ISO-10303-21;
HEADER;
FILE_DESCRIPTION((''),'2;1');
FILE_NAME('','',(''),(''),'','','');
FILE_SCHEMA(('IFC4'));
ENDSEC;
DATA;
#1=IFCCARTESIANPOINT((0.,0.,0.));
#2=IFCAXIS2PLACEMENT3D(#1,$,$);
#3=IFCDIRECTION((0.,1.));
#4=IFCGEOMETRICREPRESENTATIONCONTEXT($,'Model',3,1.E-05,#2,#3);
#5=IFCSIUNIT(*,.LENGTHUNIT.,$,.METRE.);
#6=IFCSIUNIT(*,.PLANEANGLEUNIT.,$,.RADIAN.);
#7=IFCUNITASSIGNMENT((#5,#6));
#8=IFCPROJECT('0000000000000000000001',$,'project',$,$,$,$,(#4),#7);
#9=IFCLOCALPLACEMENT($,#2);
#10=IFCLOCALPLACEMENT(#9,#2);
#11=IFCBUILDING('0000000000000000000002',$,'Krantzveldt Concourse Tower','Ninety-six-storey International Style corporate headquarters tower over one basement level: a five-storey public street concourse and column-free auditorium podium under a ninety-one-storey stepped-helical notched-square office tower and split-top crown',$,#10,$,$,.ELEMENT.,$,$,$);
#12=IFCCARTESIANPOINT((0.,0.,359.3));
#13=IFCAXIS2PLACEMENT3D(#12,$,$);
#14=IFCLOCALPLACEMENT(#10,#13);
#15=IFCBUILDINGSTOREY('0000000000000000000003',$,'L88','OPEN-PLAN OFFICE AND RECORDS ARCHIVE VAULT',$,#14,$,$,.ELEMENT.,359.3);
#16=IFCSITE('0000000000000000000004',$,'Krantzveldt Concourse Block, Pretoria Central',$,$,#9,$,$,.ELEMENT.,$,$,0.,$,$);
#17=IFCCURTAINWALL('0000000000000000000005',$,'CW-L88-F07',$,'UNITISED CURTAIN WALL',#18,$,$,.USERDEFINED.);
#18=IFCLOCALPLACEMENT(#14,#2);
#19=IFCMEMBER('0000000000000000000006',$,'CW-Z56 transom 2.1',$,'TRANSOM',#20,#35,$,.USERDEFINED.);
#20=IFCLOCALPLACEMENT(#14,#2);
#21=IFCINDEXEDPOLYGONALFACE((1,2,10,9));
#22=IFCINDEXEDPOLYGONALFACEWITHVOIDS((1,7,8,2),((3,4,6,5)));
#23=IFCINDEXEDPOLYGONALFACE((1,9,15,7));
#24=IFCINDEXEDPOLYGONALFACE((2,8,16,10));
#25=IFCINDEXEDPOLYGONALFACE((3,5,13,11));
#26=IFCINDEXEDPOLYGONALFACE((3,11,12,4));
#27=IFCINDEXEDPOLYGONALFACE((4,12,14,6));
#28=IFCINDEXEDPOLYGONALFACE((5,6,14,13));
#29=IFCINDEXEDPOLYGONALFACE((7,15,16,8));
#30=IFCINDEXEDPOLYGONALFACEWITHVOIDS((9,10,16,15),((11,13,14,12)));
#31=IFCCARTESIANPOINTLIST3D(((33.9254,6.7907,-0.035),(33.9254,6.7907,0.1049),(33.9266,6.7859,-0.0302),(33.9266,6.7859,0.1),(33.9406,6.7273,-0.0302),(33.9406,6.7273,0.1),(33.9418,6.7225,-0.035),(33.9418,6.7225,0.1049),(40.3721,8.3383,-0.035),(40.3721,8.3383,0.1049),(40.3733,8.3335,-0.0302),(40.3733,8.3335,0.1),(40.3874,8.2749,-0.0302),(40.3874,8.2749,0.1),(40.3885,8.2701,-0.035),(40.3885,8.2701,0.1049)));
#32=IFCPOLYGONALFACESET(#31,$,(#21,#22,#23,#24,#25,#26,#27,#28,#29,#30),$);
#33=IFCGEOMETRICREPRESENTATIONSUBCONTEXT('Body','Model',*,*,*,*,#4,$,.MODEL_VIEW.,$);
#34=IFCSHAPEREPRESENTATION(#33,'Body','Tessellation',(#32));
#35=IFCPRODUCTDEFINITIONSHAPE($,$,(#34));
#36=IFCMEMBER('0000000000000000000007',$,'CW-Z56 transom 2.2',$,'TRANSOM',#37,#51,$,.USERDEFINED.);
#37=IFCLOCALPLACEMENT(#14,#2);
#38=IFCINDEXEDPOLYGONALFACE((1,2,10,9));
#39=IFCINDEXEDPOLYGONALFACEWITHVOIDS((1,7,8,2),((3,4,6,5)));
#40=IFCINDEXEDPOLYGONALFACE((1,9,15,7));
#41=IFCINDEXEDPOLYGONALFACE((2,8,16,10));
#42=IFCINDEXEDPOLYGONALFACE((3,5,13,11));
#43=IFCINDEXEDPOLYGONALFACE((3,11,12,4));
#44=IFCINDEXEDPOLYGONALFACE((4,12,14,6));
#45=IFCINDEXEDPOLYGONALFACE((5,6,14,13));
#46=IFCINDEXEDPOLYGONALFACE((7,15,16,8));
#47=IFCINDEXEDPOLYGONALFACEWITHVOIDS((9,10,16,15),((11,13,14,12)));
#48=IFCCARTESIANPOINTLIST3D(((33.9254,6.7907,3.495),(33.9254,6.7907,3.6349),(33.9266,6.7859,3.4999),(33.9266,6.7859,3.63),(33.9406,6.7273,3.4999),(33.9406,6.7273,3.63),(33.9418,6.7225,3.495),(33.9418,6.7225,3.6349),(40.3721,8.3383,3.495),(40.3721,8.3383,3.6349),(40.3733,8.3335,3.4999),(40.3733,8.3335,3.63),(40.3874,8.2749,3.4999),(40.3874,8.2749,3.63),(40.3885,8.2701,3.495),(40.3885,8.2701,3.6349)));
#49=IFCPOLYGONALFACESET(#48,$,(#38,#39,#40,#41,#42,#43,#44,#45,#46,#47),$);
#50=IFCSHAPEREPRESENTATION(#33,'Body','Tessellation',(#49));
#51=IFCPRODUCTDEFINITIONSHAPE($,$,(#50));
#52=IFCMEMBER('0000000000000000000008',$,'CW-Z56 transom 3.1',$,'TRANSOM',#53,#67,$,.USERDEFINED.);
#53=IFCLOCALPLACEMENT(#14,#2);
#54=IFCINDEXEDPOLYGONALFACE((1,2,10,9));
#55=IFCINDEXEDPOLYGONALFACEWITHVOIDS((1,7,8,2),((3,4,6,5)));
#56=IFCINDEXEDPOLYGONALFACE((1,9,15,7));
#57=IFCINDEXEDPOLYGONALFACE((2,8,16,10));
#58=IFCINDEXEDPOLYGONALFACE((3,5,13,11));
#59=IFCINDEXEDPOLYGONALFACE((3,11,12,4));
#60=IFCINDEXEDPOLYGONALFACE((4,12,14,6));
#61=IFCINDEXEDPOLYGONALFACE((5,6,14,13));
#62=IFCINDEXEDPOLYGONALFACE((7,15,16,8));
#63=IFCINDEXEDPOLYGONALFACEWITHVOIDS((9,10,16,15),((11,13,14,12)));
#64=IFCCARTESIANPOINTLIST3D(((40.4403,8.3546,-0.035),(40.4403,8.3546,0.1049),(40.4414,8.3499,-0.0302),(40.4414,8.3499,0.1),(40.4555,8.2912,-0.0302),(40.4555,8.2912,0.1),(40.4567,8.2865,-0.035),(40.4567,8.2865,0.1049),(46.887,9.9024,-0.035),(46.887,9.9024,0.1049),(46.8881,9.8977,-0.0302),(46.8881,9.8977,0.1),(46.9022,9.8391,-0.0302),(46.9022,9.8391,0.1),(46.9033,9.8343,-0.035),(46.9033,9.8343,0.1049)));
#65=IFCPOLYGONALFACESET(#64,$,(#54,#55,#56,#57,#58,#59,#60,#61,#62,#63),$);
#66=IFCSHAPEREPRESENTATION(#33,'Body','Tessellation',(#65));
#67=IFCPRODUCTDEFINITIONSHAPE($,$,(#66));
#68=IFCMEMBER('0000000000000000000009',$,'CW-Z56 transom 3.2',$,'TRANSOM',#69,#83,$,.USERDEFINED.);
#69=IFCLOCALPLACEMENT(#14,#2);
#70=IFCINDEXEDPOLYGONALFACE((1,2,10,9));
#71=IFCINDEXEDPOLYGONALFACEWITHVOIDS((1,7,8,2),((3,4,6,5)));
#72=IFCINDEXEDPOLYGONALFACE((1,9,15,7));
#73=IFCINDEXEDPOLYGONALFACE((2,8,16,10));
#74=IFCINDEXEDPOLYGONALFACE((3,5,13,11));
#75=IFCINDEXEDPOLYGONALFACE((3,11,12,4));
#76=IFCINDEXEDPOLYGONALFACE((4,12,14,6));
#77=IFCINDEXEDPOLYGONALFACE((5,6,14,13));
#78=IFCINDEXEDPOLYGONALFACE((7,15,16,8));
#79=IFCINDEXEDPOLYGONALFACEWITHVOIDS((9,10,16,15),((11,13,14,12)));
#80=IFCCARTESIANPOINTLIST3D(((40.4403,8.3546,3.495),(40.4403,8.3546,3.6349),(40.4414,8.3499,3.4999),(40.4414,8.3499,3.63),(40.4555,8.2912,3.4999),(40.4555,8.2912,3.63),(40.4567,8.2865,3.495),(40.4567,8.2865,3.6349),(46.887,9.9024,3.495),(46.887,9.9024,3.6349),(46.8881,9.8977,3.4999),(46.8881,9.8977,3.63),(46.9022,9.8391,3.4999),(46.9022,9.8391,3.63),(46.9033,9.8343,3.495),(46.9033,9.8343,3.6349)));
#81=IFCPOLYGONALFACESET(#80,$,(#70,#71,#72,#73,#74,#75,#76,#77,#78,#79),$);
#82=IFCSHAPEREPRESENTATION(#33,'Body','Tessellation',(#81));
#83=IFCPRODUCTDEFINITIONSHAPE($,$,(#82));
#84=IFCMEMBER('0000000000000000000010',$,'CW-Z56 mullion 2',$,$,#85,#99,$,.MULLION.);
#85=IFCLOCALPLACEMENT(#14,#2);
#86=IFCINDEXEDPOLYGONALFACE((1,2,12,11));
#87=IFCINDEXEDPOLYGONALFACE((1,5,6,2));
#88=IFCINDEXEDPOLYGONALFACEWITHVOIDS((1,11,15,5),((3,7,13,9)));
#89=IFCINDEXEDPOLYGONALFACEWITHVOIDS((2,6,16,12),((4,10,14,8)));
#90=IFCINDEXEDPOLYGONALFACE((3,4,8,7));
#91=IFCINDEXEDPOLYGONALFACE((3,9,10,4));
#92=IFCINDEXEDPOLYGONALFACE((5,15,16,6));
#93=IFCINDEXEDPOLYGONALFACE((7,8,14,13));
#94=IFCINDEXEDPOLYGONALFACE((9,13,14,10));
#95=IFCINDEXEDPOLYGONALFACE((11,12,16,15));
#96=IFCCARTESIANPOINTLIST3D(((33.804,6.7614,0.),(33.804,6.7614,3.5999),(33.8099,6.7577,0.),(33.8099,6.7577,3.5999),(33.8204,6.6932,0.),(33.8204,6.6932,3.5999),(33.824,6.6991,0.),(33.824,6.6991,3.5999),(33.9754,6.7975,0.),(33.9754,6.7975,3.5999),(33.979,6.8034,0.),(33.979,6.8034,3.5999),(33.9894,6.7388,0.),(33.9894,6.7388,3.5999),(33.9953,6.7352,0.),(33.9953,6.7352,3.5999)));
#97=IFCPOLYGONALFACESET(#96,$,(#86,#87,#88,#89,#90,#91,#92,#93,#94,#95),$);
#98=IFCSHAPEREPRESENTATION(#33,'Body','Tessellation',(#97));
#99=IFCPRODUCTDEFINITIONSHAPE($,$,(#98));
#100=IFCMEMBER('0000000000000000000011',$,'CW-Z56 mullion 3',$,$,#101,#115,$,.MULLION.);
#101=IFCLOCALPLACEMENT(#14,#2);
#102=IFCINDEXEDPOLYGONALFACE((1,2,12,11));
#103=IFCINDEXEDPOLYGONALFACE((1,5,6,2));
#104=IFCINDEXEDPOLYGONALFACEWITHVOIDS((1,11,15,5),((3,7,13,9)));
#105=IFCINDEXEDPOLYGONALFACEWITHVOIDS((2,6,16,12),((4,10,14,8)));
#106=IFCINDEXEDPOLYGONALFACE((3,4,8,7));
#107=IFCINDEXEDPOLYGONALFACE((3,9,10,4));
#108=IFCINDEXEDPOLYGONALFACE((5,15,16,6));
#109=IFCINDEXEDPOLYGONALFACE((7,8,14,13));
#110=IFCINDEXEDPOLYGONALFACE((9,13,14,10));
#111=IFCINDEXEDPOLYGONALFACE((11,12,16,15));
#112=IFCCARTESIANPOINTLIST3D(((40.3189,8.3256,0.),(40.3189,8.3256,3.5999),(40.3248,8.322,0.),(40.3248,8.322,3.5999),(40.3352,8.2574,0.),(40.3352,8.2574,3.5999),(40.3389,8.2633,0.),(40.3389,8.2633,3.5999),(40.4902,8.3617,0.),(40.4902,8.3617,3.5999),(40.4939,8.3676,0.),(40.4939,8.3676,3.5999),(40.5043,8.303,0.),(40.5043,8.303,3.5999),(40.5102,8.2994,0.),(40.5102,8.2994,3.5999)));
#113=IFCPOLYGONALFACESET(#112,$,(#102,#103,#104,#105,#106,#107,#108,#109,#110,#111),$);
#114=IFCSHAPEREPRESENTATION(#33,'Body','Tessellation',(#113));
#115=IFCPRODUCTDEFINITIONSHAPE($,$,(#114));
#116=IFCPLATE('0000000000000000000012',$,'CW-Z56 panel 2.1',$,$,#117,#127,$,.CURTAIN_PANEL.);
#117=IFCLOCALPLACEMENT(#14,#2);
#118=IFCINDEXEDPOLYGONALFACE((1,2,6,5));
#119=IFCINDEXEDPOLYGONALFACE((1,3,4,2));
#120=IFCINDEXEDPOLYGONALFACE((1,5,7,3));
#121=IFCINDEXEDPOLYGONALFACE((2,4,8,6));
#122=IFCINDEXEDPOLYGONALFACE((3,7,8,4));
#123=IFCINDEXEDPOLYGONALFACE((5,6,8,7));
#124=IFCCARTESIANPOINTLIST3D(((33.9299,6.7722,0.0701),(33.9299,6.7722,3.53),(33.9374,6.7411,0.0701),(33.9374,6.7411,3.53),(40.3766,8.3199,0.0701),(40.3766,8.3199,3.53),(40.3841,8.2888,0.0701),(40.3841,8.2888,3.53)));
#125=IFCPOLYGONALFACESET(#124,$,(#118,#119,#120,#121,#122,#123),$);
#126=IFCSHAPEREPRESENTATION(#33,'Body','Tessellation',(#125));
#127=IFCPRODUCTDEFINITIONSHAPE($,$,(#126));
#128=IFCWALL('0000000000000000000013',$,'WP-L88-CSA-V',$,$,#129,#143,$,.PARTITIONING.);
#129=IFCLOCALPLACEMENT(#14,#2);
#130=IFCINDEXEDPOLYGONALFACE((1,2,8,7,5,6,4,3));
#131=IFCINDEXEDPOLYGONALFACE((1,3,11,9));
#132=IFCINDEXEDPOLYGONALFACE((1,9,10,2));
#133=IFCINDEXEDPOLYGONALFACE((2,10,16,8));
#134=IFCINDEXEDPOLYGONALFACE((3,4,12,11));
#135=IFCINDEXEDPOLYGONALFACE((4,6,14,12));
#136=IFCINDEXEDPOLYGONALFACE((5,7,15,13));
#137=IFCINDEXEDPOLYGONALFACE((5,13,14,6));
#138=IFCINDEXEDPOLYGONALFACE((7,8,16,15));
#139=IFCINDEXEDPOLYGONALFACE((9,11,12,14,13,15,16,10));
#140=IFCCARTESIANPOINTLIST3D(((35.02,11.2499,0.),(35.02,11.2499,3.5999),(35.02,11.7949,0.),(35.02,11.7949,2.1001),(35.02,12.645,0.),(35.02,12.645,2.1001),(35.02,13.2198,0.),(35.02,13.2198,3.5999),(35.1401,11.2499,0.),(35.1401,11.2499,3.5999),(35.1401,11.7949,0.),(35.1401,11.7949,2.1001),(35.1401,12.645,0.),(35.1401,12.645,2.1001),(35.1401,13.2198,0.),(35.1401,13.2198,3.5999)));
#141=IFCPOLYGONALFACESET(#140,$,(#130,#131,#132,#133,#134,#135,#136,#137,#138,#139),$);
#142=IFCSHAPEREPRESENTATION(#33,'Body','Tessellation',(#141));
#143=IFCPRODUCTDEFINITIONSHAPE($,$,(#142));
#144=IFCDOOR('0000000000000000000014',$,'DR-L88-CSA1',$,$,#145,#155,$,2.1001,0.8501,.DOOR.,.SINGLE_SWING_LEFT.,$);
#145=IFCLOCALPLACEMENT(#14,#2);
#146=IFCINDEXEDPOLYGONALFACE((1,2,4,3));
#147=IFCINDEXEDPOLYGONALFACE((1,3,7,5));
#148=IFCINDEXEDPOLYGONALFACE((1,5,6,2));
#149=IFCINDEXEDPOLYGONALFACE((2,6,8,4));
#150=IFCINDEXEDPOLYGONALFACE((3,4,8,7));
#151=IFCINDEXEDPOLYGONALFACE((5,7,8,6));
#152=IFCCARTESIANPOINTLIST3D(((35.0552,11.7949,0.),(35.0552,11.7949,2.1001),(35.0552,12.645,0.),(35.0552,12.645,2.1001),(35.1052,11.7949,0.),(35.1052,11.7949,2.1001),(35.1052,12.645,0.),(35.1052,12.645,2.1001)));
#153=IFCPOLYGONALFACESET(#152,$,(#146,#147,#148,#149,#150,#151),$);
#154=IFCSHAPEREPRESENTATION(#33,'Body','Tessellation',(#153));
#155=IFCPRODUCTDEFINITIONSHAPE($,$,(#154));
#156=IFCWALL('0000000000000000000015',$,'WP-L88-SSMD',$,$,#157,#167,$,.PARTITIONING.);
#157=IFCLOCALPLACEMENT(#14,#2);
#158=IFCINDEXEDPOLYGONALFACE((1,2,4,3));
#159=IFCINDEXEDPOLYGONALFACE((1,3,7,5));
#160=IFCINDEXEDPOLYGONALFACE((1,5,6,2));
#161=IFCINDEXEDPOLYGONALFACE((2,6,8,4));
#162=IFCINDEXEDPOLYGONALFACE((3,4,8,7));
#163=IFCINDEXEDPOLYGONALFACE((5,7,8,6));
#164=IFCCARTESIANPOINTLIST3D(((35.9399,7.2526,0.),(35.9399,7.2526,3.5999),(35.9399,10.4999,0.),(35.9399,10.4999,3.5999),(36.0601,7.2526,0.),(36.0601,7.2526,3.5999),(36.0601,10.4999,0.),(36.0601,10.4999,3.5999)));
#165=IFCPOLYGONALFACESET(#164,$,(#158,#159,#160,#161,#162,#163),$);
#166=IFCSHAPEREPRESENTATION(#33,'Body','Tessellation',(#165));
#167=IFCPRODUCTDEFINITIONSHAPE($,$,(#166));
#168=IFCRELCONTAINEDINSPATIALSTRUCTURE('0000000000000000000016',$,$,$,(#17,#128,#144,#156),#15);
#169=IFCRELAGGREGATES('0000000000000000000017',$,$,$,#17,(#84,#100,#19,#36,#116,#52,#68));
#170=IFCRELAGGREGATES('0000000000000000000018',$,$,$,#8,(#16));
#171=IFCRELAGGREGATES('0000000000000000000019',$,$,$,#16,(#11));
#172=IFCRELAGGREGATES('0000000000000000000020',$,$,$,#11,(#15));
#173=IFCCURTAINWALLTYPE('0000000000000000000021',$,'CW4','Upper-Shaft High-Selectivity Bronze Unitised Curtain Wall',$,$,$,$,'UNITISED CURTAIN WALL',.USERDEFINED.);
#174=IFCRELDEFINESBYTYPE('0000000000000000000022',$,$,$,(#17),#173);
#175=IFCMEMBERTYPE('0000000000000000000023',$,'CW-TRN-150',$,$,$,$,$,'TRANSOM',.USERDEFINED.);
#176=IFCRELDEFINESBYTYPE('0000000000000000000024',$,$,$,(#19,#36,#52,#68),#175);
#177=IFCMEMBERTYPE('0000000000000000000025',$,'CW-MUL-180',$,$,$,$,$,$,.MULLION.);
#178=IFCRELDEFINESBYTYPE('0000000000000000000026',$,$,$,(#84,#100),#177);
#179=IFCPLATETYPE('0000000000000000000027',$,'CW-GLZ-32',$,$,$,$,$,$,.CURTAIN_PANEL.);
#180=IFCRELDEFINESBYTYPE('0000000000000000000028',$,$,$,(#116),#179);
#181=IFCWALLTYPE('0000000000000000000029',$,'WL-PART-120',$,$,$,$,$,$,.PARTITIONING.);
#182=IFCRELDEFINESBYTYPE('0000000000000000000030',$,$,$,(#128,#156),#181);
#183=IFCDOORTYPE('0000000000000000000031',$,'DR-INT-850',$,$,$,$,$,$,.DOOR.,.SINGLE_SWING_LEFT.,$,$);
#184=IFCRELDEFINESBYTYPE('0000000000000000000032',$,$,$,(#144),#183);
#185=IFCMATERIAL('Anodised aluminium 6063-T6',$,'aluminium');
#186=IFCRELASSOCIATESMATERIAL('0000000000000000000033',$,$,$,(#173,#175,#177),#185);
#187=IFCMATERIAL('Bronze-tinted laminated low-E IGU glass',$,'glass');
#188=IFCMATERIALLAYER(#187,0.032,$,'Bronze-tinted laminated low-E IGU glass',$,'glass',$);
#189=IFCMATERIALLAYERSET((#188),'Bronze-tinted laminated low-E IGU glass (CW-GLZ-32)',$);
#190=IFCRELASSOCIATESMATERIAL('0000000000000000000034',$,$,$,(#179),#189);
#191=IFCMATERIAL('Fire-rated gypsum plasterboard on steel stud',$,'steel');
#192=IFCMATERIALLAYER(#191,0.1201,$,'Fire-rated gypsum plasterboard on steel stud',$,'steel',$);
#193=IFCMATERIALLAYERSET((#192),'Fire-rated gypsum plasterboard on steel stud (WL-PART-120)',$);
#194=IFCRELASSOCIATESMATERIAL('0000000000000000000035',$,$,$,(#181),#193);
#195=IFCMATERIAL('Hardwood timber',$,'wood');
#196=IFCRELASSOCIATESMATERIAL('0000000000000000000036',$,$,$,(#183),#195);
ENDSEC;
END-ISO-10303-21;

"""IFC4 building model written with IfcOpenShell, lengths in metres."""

from ifc_helpers import new_model, si_unit, direction, frame, frame_2d, origin, origin_2d, place, context, subcontext, project, spatial, rectangle, hollow_rectangle, extrude, source, transform, mapped, material, layer, layer_set, material_profile, profile_set, type_object, type_shapes, element, fill, aggregate, save


model = new_model("IFC4")

# Units and contexts
model_context = context("Model", 3, precision=1e-05, world=origin(), true_north=direction((0.0, 1.0)))
body_context = subcontext(model_context, "Body", "Model", "MODEL_VIEW")
ifc_project = project(units=[si_unit("LENGTHUNIT", "METRE"), si_unit("PLANEANGLEUNIT", "RADIAN")], contexts=[model_context])

# Site, building, storey
site_placement = place(None, origin())
site = spatial("IfcSite", under=ifc_project, at=site_placement, Name="Krantzveldt Concourse Block, Pretoria Central", CompositionType="ELEMENT", RefElevation=0.0)
building_placement = place(site_placement, origin())
building = spatial("IfcBuilding", under=site, at=building_placement, Name="Krantzveldt Concourse Tower", Description="Ninety-six-storey International Style corporate headquarters tower over one basement level: a five-storey public street concourse and column-free auditorium podium under a ninety-one-storey stepped-helical notched-square office tower and split-top crown", CompositionType="ELEMENT")
storey_placement = place(building_placement, frame((0.0, 0.0, 359.3)))
storey = spatial("IfcBuildingStorey", under=building, at=storey_placement, Name="L88", Description="OPEN-PLAN OFFICE AND RECORDS ARCHIVE VAULT", CompositionType="ELEMENT", Elevation=359.3)

# Curtain wall, members, plate
ifc_material_1 = material(Name="Anodised aluminium 6063-T6", Category="aluminium")
curtain_wall_type = type_object("IfcCurtainWallType", Name="CW4", Description="Upper-Shaft High-Selectivity Bronze Unitised Curtain Wall", ElementType="UNITISED CURTAIN WALL", PredefinedType="USERDEFINED", material=ifc_material_1)
curtain_wall_placement = place(storey_placement, origin())
curtain_wall = element("IfcCurtainWall", 1, at=curtain_wall_placement, inside=storey, type_object=curtain_wall_type, Name="CW-L88-F07", ObjectType="UNITISED CURTAIN WALL", PredefinedType="USERDEFINED")
ifc_material_profile_1 = material_profile(ifc_material_1, hollow_rectangle(XDim=0.0701, YDim=0.1399, WallThickness=0.0049, at=origin_2d()), Name="Anodised aluminium 6063-T6", Category="aluminium")
ifc_profile_set_1 = profile_set([ifc_material_profile_1], Name="Anodised aluminium 6063-T6 - ALU-TRAN 140x70x5")
member_type_1 = type_object("IfcMemberType", Name="CW-TRN-150", ElementType="TRANSOM", PredefinedType="USERDEFINED", material=ifc_profile_set_1)
shared_shape_1 = source(origin(), body_context, "Body", "SweptSolid", [
    extrude(hollow_rectangle(XDim=0.0701, YDim=0.1399, WallThickness=0.0049, at=origin_2d()), origin(), (0.0, 0.0, 1.0), 6.6299),
])
type_shapes(member_type_1, [shared_shape_1])
member_1_placement = place(storey_placement, frame((33.9336, 6.7566, 0.0349), z_axis=(0.972374, 0.233427, 0.0), x_axis=(-0.233427, 0.972374, 0.0)))
member_1 = element("IfcMember", 2, at=member_1_placement, type_object=member_type_1, Name="CW-Z56 transom 2.1", ObjectType="TRANSOM", PredefinedType="USERDEFINED", context=body_context, shape_type="MappedRepresentation", body=[
    mapped(shared_shape_1, transform((0.0, 0.0, 0.0), x_axis=(1.0, 0.0, 0.0), y_axis=(0.0, 1.0, 0.0), z_axis=(0.0, 0.0, 1.0), scale=1.0)),
])
member_2_placement = place(storey_placement, frame((33.9336, 6.7566, 3.5649), z_axis=(0.972374, 0.233427, 0.0), x_axis=(-0.233427, 0.972374, 0.0)))
member_2 = element("IfcMember", 3, at=member_2_placement, type_object=member_type_1, Name="CW-Z56 transom 2.2", ObjectType="TRANSOM", PredefinedType="USERDEFINED", context=body_context, shape_type="MappedRepresentation", body=[
    mapped(shared_shape_1, transform((0.0, 0.0, 0.0), x_axis=(1.0, 0.0, 0.0), y_axis=(0.0, 1.0, 0.0), z_axis=(0.0, 0.0, 1.0), scale=1.0)),
])
member_3_placement = place(storey_placement, frame((40.4485, 8.3206, 0.0349), z_axis=(0.972366, 0.233462, 0.0), x_axis=(-0.233462, 0.972366, 0.0)))
member_3 = element("IfcMember", 4, at=member_3_placement, type_object=member_type_1, Name="CW-Z56 transom 3.1", ObjectType="TRANSOM", PredefinedType="USERDEFINED", context=body_context, shape_type="MappedRepresentation", body=[
    mapped(shared_shape_1, transform((0.0, 0.0, 0.0), x_axis=(1.0, 0.0, 0.0), y_axis=(0.0, 1.0, 0.0), z_axis=(0.0, 0.0, 1.0), scale=1.0)),
])
member_4_placement = place(storey_placement, frame((40.4485, 8.3206, 3.5649), z_axis=(0.972366, 0.233462, 0.0), x_axis=(-0.233462, 0.972366, 0.0)))
member_4 = element("IfcMember", 5, at=member_4_placement, type_object=member_type_1, Name="CW-Z56 transom 3.2", ObjectType="TRANSOM", PredefinedType="USERDEFINED", context=body_context, shape_type="MappedRepresentation", body=[
    mapped(shared_shape_1, transform((0.0, 0.0, 0.0), x_axis=(1.0, 0.0, 0.0), y_axis=(0.0, 1.0, 0.0), z_axis=(0.0, 0.0, 1.0), scale=1.0)),
])
ifc_material_profile_2 = material_profile(ifc_material_1, hollow_rectangle(XDim=0.0701, YDim=0.1799, WallThickness=0.0049, at=origin_2d()), Name="Anodised aluminium 6063-T6", Category="aluminium")
ifc_profile_set_2 = profile_set([ifc_material_profile_2], Name="Anodised aluminium 6063-T6 - ALU-MULL 180x70x5")
member_type_2 = type_object("IfcMemberType", Name="CW-MUL-180", PredefinedType="MULLION", material=ifc_profile_set_2)
shared_shape_2 = source(origin(), body_context, "Body", "SweptSolid", [
    extrude(hollow_rectangle(XDim=0.0701, YDim=0.1799, WallThickness=0.0049, at=origin_2d()), origin(), (0.0, 0.0, 1.0), 3.5999),
])
type_shapes(member_type_2, [shared_shape_2])
member_5_placement = place(storey_placement, frame((33.8997, 6.7483, 0.0), z_axis=(0.0, 0.0, 1.0), x_axis=(-0.233445, 0.97237, 0.0)))
member_5 = element("IfcMember", 6, at=member_5_placement, type_object=member_type_2, Name="CW-Z56 mullion 2", PredefinedType="MULLION", context=body_context, shape_type="MappedRepresentation", body=[
    mapped(shared_shape_2, transform((0.0, 0.0, 0.0), x_axis=(1.0, 0.0, 0.0), y_axis=(0.0, 1.0, 0.0), z_axis=(0.0, 0.0, 1.0), scale=1.0)),
])
member_6_placement = place(storey_placement, frame((40.4146, 8.3125, 0.0), z_axis=(0.0, 0.0, 1.0), x_axis=(-0.233445, 0.97237, 0.0)))
member_6 = element("IfcMember", 7, at=member_6_placement, type_object=member_type_2, Name="CW-Z56 mullion 3", PredefinedType="MULLION", context=body_context, shape_type="MappedRepresentation", body=[
    mapped(shared_shape_2, transform((0.0, 0.0, 0.0), x_axis=(1.0, 0.0, 0.0), y_axis=(0.0, 1.0, 0.0), z_axis=(0.0, 0.0, 1.0), scale=1.0)),
])
ifc_material_2 = material(Name="Bronze-tinted laminated low-E IGU glass", Category="glass")
ifc_layer_1 = layer(ifc_material_2, 0.032, Name="Bronze-tinted laminated low-E IGU glass", Category="glass")
ifc_layer_set_1 = layer_set([ifc_layer_1], Name="Bronze-tinted laminated low-E IGU glass (CW-GLZ-32)")
plate_type = type_object("IfcPlateType", Name="CW-GLZ-32", PredefinedType="CURTAIN_PANEL", material=ifc_layer_set_1)
shared_shape_3 = source(origin(), body_context, "Body", "SweptSolid", [
    extrude(rectangle(XDim=6.6299, YDim=0.032, at=origin_2d()), origin(), (0.0, 0.0, 1.0), 3.46),
])
type_shapes(plate_type, [shared_shape_3])
plate_placement = place(storey_placement, frame((37.157, 7.5305, 0.0701), z_axis=(0.0, 0.0, 1.0), x_axis=(0.97237, 0.233445, 0.0)))
plate = element("IfcPlate", 8, at=plate_placement, type_object=plate_type, Name="CW-Z56 panel 2.1", PredefinedType="CURTAIN_PANEL", context=body_context, shape_type="MappedRepresentation", body=[
    mapped(shared_shape_3, transform((0.0, 0.0, 0.0), x_axis=(1.0, 0.0, 0.0), y_axis=(0.0, 1.0, 0.0), z_axis=(0.0, 0.0, 1.0), scale=1.0)),
])
aggregate(curtain_wall, [member_5, member_6, member_1, member_2, plate, member_3, member_4])

# Wall, opening, door
ifc_material_3 = material(Name="Fire-rated gypsum plasterboard on steel stud", Category="steel")
ifc_layer_2 = layer(ifc_material_3, 0.1201, Name="Fire-rated gypsum plasterboard on steel stud", Category="steel")
ifc_layer_set_2 = layer_set([ifc_layer_2], Name="Fire-rated gypsum plasterboard on steel stud (WL-PART-120)")
wall_type_1 = type_object("IfcWallType", Name="WL-PART-120", PredefinedType="PARTITIONING", material=ifc_layer_set_2)
wall_1_placement = place(storey_placement, frame((35.0801, 11.25, 0.0), z_axis=(0.0, 0.0, 1.0), x_axis=(0.0, 1.0, 0.0)))
wall_1 = element("IfcWall", 9, at=wall_1_placement, inside=storey, type_object=wall_type_1, Name="WP-L88-CSA-V", PredefinedType="PARTITIONING", context=body_context, shape_type="SweptSolid", body=[
    extrude(rectangle(XDim=1.97, YDim=0.1201, at=frame_2d((0.9849, 0.0))), origin(), (0.0, 0.0, 1.0), 3.5999),
])
opening_1_placement = place(wall_1_placement, frame((0.5449, 0.0, 0.0)))
opening_1 = element("IfcOpeningElement", 10, at=opening_1_placement, cuts=wall_1, PredefinedType="OPENING", context=body_context, shape_type="SweptSolid", body=[
    extrude(rectangle(XDim=0.8501, YDim=2.1001, at=frame_2d((0.425, 1.05))), frame((0.0, 0.0701, 0.0), z_axis=(0.0, -1.0, 0.0), x_axis=(1.0, 0.0, 0.0)), (0.0, 0.0, 1.0), 0.1401),
])
ifc_material_4 = material(Name="Hardwood timber", Category="wood")
door_type_1 = type_object("IfcDoorType", Name="DR-INT-850", OperationType="SINGLE_SWING_LEFT", PredefinedType="DOOR", material=ifc_material_4)
door_1_placement = place(opening_1_placement, origin())
door_1 = element("IfcDoor", 11, at=door_1_placement, inside=storey, type_object=door_type_1, Name="DR-L88-CSA1", OperationType="SINGLE_SWING_LEFT", OverallHeight=2.1001, OverallWidth=0.8501, PredefinedType="DOOR", context=body_context, shape_type="SweptSolid", body=[
    extrude(rectangle(XDim=0.8501, YDim=2.1001, at=frame_2d((0.425, 1.05))), frame((0.0, 0.0249, 0.0), z_axis=(0.0, -1.0, 0.0), x_axis=(1.0, 0.0, 0.0)), (0.0, 0.0, 1.0), 0.05),
])
fill(opening_1, door_1)

# Wall
wall_2_placement = place(storey_placement, frame((36.0, 7.2527, 0.0), z_axis=(0.0, 0.0, 1.0), x_axis=(0.0, 1.0, 0.0)))
element("IfcWall", 12, at=wall_2_placement, inside=storey, type_object=wall_type_1, Name="WP-L88-SSMD", PredefinedType="PARTITIONING", context=body_context, shape_type="SweptSolid", body=[
    extrude(rectangle(XDim=3.2473, YDim=0.1201, at=frame_2d((1.6235, 0.0))), origin(), (0.0, 0.0, 1.0), 3.5999),
])

save(model, "model.ifc")
